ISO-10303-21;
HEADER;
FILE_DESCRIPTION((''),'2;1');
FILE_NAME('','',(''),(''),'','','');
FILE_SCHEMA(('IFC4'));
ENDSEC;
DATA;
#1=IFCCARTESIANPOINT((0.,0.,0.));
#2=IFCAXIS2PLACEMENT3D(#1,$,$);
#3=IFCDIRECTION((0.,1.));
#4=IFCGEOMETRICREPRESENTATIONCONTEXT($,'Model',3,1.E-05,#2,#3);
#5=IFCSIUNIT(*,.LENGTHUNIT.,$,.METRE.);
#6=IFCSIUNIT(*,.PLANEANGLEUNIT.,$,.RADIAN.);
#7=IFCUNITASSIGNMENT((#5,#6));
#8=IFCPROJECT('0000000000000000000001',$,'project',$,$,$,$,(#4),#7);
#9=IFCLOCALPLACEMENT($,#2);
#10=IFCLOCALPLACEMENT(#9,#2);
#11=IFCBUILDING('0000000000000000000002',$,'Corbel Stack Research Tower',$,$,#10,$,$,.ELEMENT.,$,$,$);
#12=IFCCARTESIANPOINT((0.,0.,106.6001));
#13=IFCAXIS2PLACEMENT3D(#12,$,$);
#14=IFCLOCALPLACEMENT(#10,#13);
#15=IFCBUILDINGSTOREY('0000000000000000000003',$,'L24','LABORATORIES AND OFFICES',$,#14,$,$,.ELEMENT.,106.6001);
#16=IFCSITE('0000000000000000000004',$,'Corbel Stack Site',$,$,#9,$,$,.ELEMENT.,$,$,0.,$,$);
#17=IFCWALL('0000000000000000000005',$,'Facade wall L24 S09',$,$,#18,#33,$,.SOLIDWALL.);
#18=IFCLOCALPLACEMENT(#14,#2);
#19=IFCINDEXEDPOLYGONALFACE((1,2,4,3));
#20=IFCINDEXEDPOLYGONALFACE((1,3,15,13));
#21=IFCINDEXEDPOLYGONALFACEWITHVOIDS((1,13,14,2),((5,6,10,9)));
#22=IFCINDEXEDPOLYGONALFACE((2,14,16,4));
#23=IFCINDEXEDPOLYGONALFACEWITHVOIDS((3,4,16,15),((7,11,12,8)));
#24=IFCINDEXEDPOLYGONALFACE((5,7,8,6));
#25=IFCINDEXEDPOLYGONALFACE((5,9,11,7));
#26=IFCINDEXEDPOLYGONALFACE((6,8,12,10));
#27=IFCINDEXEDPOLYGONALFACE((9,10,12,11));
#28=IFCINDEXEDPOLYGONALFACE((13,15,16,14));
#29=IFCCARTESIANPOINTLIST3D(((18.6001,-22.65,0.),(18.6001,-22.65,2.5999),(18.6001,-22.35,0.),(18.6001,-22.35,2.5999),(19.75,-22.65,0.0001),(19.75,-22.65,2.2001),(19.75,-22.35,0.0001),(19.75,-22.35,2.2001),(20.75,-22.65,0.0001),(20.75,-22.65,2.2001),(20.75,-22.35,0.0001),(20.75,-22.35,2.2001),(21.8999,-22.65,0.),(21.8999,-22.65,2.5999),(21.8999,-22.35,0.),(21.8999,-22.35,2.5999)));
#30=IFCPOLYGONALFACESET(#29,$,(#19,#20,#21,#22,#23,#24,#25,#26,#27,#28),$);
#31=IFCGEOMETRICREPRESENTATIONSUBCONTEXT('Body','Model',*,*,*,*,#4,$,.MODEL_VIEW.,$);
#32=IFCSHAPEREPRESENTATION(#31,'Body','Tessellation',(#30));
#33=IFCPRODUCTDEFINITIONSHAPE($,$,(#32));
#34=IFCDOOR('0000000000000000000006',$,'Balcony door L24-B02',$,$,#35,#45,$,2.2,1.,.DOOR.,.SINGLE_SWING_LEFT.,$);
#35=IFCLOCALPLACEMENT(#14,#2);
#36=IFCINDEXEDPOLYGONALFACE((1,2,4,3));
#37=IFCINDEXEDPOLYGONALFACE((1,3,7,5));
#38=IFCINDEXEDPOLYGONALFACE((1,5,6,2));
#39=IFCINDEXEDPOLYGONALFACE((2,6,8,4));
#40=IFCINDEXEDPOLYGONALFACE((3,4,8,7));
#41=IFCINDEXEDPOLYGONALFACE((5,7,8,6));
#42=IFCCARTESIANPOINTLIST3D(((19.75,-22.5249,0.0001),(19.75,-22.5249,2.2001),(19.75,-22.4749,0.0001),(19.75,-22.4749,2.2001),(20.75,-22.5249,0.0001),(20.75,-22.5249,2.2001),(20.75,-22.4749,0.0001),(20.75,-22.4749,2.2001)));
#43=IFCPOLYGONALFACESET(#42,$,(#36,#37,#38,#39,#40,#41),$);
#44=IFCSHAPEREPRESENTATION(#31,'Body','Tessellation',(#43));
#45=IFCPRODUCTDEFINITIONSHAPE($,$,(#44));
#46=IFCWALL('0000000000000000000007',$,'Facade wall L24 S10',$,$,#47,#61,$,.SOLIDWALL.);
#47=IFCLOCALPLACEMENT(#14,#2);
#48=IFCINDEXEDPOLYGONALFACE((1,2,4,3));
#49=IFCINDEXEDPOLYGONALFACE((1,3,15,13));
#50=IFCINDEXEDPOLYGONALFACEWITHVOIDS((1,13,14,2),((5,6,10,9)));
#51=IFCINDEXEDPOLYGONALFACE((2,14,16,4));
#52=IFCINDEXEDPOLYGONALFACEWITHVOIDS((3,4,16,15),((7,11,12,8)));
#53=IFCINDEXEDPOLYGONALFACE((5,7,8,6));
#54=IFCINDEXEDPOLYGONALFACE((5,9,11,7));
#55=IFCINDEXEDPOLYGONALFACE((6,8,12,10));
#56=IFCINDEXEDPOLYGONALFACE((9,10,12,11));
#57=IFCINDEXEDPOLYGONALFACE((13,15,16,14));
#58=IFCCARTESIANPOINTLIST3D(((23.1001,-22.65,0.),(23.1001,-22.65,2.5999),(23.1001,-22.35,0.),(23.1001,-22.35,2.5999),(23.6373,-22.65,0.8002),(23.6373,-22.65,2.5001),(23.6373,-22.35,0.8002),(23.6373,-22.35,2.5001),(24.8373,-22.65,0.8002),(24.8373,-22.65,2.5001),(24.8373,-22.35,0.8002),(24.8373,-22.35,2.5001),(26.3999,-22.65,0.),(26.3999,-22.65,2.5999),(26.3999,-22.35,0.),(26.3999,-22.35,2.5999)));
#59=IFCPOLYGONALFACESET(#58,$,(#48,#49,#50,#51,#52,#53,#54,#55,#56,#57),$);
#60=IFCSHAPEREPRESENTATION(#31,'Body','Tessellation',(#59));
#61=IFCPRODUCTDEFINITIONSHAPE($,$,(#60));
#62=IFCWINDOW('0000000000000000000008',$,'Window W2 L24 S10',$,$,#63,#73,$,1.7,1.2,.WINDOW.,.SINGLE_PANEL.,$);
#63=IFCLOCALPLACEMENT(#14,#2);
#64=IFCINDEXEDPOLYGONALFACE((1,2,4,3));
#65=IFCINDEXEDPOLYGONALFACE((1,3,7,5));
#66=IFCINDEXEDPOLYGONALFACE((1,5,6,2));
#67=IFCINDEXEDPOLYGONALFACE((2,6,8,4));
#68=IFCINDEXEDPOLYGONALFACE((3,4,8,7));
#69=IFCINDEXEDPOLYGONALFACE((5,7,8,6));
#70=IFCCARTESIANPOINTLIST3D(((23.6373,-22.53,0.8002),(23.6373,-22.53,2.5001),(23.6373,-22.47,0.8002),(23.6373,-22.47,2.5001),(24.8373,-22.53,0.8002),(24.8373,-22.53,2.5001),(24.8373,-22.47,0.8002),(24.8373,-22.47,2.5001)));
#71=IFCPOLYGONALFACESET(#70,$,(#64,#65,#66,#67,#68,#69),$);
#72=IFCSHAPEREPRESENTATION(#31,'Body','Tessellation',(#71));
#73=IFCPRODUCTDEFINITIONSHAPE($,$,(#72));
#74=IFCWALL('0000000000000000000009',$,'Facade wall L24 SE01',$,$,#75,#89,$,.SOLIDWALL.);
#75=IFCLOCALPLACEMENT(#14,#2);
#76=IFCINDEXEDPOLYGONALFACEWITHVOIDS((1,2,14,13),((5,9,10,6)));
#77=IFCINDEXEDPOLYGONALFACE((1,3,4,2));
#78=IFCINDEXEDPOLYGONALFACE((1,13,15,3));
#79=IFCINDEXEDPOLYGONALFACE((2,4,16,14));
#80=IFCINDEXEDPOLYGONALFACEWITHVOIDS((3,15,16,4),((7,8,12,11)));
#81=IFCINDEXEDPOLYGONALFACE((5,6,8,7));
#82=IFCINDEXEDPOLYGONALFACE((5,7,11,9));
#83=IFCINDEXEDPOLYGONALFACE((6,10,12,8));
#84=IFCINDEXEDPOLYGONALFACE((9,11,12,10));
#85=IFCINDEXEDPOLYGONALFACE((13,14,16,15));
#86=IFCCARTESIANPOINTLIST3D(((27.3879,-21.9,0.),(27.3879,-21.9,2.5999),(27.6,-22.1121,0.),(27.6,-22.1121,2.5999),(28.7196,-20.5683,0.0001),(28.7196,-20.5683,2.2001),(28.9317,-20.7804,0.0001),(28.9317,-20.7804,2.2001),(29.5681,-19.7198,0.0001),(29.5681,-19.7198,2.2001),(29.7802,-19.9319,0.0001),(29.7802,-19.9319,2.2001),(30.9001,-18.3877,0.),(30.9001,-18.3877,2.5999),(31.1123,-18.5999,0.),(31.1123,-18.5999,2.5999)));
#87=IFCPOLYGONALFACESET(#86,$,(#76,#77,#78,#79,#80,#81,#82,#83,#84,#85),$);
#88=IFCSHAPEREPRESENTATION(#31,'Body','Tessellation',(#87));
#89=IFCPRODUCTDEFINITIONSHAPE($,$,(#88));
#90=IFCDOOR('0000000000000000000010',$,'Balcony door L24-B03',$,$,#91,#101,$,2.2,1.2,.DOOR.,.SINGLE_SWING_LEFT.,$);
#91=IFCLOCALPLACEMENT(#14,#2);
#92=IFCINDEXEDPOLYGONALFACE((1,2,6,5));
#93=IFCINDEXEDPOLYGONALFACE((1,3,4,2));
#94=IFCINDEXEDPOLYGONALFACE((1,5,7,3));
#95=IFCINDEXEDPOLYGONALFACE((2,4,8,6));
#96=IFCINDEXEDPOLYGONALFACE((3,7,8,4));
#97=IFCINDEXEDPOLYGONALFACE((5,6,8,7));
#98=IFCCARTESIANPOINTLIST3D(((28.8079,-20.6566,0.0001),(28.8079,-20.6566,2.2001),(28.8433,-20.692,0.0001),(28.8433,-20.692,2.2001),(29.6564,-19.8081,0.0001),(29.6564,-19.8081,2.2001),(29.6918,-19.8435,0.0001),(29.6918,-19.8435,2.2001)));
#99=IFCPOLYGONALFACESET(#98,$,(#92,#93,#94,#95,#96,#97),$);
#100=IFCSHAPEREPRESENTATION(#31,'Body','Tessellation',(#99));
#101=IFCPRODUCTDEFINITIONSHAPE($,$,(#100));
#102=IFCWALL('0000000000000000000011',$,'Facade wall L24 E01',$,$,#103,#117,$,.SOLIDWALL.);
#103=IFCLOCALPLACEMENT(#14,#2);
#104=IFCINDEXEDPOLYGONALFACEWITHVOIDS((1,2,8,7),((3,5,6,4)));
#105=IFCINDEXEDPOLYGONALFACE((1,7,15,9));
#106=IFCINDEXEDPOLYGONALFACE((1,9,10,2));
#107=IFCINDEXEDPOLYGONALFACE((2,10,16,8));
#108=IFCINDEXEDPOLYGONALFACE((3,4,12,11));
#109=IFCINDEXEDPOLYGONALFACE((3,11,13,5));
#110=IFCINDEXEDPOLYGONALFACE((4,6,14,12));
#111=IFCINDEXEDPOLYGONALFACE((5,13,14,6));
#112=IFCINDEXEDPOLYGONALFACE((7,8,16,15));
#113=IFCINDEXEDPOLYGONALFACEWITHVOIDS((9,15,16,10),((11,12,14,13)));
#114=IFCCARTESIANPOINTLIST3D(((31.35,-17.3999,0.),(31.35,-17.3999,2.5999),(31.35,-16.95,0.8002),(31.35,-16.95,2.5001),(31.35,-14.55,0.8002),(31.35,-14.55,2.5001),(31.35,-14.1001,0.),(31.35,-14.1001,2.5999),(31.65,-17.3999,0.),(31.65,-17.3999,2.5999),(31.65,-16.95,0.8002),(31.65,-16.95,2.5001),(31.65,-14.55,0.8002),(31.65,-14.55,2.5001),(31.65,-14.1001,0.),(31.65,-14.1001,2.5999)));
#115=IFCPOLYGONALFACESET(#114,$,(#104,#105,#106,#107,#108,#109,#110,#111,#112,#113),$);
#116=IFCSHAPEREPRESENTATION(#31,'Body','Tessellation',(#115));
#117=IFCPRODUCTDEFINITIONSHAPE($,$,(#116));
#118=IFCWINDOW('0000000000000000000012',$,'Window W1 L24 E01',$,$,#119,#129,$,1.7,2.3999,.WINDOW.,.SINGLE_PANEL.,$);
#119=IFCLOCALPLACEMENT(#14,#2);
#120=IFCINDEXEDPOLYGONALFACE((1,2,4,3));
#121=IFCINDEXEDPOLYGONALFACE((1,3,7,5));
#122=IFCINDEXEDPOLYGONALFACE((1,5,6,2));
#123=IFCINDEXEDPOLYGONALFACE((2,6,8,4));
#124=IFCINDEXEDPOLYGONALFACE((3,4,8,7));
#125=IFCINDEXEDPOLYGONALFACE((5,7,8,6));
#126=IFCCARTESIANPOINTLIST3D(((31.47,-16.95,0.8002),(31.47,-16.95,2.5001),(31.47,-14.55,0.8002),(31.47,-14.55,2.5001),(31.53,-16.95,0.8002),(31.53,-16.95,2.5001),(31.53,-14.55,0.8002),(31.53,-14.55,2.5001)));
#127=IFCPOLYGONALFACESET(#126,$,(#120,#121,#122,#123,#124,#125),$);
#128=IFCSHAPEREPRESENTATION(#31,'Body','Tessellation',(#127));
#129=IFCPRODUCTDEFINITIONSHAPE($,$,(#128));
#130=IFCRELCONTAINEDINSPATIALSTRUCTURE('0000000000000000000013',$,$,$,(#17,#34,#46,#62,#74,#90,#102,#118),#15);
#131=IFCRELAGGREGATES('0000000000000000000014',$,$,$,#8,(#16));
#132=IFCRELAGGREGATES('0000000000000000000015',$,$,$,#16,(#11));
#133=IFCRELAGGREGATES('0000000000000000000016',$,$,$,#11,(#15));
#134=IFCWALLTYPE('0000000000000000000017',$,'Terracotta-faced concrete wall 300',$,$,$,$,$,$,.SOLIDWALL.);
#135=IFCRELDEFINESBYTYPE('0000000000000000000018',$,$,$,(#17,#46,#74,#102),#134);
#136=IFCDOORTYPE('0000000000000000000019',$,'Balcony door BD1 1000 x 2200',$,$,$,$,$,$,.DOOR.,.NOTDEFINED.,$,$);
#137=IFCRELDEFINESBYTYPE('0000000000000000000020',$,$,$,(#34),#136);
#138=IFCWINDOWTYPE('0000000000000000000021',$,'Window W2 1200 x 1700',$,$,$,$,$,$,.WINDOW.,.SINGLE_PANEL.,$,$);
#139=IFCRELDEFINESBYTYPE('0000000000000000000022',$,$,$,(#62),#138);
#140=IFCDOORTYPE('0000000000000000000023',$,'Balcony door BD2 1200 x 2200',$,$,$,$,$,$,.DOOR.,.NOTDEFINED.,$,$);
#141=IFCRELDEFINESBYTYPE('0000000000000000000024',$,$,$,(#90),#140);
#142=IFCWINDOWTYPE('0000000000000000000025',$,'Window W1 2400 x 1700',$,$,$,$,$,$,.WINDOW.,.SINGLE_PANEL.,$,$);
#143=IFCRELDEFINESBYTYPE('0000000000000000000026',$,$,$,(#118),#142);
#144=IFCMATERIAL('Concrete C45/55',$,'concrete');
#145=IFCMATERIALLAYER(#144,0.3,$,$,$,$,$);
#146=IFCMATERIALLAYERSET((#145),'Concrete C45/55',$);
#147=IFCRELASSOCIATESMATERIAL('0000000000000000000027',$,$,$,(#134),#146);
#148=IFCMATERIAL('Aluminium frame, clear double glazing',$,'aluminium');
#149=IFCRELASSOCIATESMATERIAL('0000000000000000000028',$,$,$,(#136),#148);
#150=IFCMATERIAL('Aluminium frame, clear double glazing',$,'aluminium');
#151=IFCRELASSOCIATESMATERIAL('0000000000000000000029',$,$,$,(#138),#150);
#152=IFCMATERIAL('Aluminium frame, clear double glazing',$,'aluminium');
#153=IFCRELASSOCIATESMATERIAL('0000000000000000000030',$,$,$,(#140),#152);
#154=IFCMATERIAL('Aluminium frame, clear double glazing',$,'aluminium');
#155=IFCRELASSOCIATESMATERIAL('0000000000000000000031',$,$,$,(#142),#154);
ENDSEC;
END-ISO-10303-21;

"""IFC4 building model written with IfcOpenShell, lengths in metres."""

from ifc_helpers import new_model, si_unit, direction, frame, frame_2d, origin, place, context, subcontext, project, spatial, rectangle, extrude, material, layer, layer_set, type_object, element, fill, save


model = new_model("IFC4")

# Units and contexts
model_context = context("Model", 3, precision=1e-05, world=origin(), true_north=direction((0.0, 1.0)))
body_context = subcontext(model_context, "Body", "Model", "MODEL_VIEW")
ifc_project = project(units=[si_unit("LENGTHUNIT", "METRE"), si_unit("PLANEANGLEUNIT", "RADIAN")], contexts=[model_context])

# Site, building, storey
site_placement = place(None, origin())
site = spatial("IfcSite", under=ifc_project, at=site_placement, Name="Corbel Stack Site", CompositionType="ELEMENT", RefElevation=0.0)
building_placement = place(site_placement, origin())
building = spatial("IfcBuilding", under=site, at=building_placement, Name="Corbel Stack Research Tower", CompositionType="ELEMENT")
storey_placement = place(building_placement, frame((0.0, 0.0, 106.6001)))
storey = spatial("IfcBuildingStorey", under=building, at=storey_placement, Name="L24", Description="LABORATORIES AND OFFICES", CompositionType="ELEMENT", Elevation=106.6001)

# Wall, opening, door
ifc_material_1 = material(Name="Concrete C45/55", Category="concrete")
ifc_layer_1 = layer(ifc_material_1, 0.3)
ifc_layer_set_1 = layer_set([ifc_layer_1], Name="Concrete C45/55")
wall_type_1 = type_object("IfcWallType", Name="Terracotta-faced concrete wall 300", PredefinedType="SOLIDWALL", material=ifc_layer_set_1)
wall_1_placement = place(storey_placement, frame((21.8999, -22.5, 0.0), z_axis=(0.0, 0.0, 1.0), x_axis=(-1.0, 0.0, 0.0)))
wall_1 = element("IfcWall", 1, at=wall_1_placement, inside=storey, type_object=wall_type_1, Name="Facade wall L24 S09", PredefinedType="SOLIDWALL", context=body_context, shape_type="SweptSolid", body=[
    extrude(rectangle(XDim=3.2998, YDim=0.3, at=frame_2d((1.6499, 0.0))), origin(), (0.0, 0.0, 1.0), 2.5999),
])
opening_1_placement = place(wall_1_placement, frame((1.1499, 0.0, 0.0)))
opening_1 = element("IfcOpeningElement", 2, at=opening_1_placement, cuts=wall_1, PredefinedType="OPENING", context=body_context, shape_type="SweptSolid", body=[
    extrude(rectangle(XDim=1.0, YDim=2.2, at=frame_2d((0.5, 1.1001))), frame((0.0, 0.1599, 0.0), z_axis=(0.0, -1.0, 0.0), x_axis=(1.0, 0.0, 0.0)), (0.0, 0.0, 1.0), 0.3201),
])
ifc_material_2 = material(Name="Aluminium frame, clear double glazing", Category="aluminium")
door_type_1 = type_object("IfcDoorType", Name="Balcony door BD1 1000 x 2200", OperationType="NOTDEFINED", PredefinedType="DOOR", material=ifc_material_2)
door_1_placement = place(opening_1_placement, origin())
door_1 = element("IfcDoor", 3, at=door_1_placement, inside=storey, type_object=door_type_1, Name="Balcony door L24-B02", OperationType="SINGLE_SWING_LEFT", OverallHeight=2.2, OverallWidth=1.0, PredefinedType="DOOR", context=body_context, shape_type="SweptSolid", body=[
    extrude(rectangle(XDim=1.0, YDim=2.2, at=frame_2d((0.5, 1.1001))), frame((0.0, 0.0249, 0.0), z_axis=(0.0, -1.0, 0.0), x_axis=(1.0, 0.0, 0.0)), (0.0, 0.0, 1.0), 0.05),
])
fill(opening_1, door_1)

# Wall, opening, window
wall_2_placement = place(storey_placement, frame((26.3999, -22.5, 0.0), z_axis=(0.0, 0.0, 1.0), x_axis=(-1.0, 0.0, 0.0)))
wall_2 = element("IfcWall", 4, at=wall_2_placement, inside=storey, type_object=wall_type_1, Name="Facade wall L24 S10", PredefinedType="SOLIDWALL", context=body_context, shape_type="SweptSolid", body=[
    extrude(rectangle(XDim=3.2998, YDim=0.3, at=frame_2d((1.6499, 0.0))), origin(), (0.0, 0.0, 1.0), 2.5999),
])
opening_2_placement = place(wall_2_placement, frame((1.5625, 0.0, 0.8)))
opening_2 = element("IfcOpeningElement", 5, at=opening_2_placement, cuts=wall_2, PredefinedType="OPENING", context=body_context, shape_type="SweptSolid", body=[
    extrude(rectangle(XDim=1.2, YDim=1.7, at=frame_2d((0.6001, 0.8501))), frame((0.0, 0.1599, 0.0), z_axis=(0.0, -1.0, 0.0), x_axis=(1.0, 0.0, 0.0)), (0.0, 0.0, 1.0), 0.3201),
])
ifc_material_3 = material(Name="Aluminium frame, clear double glazing", Category="aluminium")
window_type_1 = type_object("IfcWindowType", Name="Window W2 1200 x 1700", PartitioningType="SINGLE_PANEL", PredefinedType="WINDOW", material=ifc_material_3)
window_1_placement = place(opening_2_placement, origin())
window_1 = element("IfcWindow", 6, at=window_1_placement, inside=storey, type_object=window_type_1, Name="Window W2 L24 S10", OverallHeight=1.7, OverallWidth=1.2, PartitioningType="SINGLE_PANEL", PredefinedType="WINDOW", context=body_context, shape_type="SweptSolid", body=[
    extrude(rectangle(XDim=1.2, YDim=1.7, at=frame_2d((0.6001, 0.8501))), frame((0.0, 0.03, 0.0), z_axis=(0.0, -1.0, 0.0), x_axis=(1.0, 0.0, 0.0)), (0.0, 0.0, 1.0), 0.0601),
])
fill(opening_2, window_1)

# Wall, opening, door
wall_3_placement = place(storey_placement, frame((31.0061, -18.4939, 0.0), z_axis=(0.0, 0.0, 1.0), x_axis=(-0.707107, -0.707107, 0.0)))
wall_3 = element("IfcWall", 7, at=wall_3_placement, inside=storey, type_object=wall_type_1, Name="Facade wall L24 SE01", PredefinedType="SOLIDWALL", context=body_context, shape_type="SweptSolid", body=[
    extrude(rectangle(XDim=4.967, YDim=0.3, at=frame_2d((2.4834, 0.0))), origin(), (0.0, 0.0, 1.0), 2.5999),
])
opening_3_placement = place(wall_3_placement, frame((1.8835, 0.0, 0.0)))
opening_3 = element("IfcOpeningElement", 8, at=opening_3_placement, cuts=wall_3, PredefinedType="OPENING", context=body_context, shape_type="SweptSolid", body=[
    extrude(rectangle(XDim=1.2, YDim=2.2, at=frame_2d((0.6001, 1.1001))), frame((0.0, 0.1599, 0.0), z_axis=(0.0, -1.0, 0.0), x_axis=(1.0, 0.0, 0.0)), (0.0, 0.0, 1.0), 0.3201),
])
ifc_material_4 = material(Name="Aluminium frame, clear double glazing", Category="aluminium")
door_type_2 = type_object("IfcDoorType", Name="Balcony door BD2 1200 x 2200", OperationType="NOTDEFINED", PredefinedType="DOOR", material=ifc_material_4)
door_2_placement = place(opening_3_placement, origin())
door_2 = element("IfcDoor", 9, at=door_2_placement, inside=storey, type_object=door_type_2, Name="Balcony door L24-B03", OperationType="SINGLE_SWING_LEFT", OverallHeight=2.2, OverallWidth=1.2, PredefinedType="DOOR", context=body_context, shape_type="SweptSolid", body=[
    extrude(rectangle(XDim=1.2, YDim=2.2, at=frame_2d((0.6001, 1.1001))), frame((0.0, 0.0249, 0.0), z_axis=(0.0, -1.0, 0.0), x_axis=(1.0, 0.0, 0.0)), (0.0, 0.0, 1.0), 0.05),
])
fill(opening_3, door_2)

# Wall, opening, window
wall_4_placement = place(storey_placement, frame((31.5, -14.1001, 0.0), z_axis=(0.0, 0.0, 1.0), x_axis=(0.0, -1.0, 0.0)))
wall_4 = element("IfcWall", 10, at=wall_4_placement, inside=storey, type_object=wall_type_1, Name="Facade wall L24 E01", PredefinedType="SOLIDWALL", context=body_context, shape_type="SweptSolid", body=[
    extrude(rectangle(XDim=3.2998, YDim=0.3, at=frame_2d((1.6499, 0.0))), origin(), (0.0, 0.0, 1.0), 2.5999),
])
opening_4_placement = place(wall_4_placement, frame((0.45, 0.0, 0.8)))
opening_4 = element("IfcOpeningElement", 11, at=opening_4_placement, cuts=wall_4, PredefinedType="OPENING", context=body_context, shape_type="SweptSolid", body=[
    extrude(rectangle(XDim=2.3999, YDim=1.7, at=frame_2d((1.2, 0.8501))), frame((0.0, 0.1599, 0.0), z_axis=(0.0, -1.0, 0.0), x_axis=(1.0, 0.0, 0.0)), (0.0, 0.0, 1.0), 0.3201),
])
ifc_material_5 = material(Name="Aluminium frame, clear double glazing", Category="aluminium")
window_type_2 = type_object("IfcWindowType", Name="Window W1 2400 x 1700", PartitioningType="SINGLE_PANEL", PredefinedType="WINDOW", material=ifc_material_5)
window_2_placement = place(opening_4_placement, origin())
window_2 = element("IfcWindow", 12, at=window_2_placement, inside=storey, type_object=window_type_2, Name="Window W1 L24 E01", OverallHeight=1.7, OverallWidth=2.3999, PartitioningType="SINGLE_PANEL", PredefinedType="WINDOW", context=body_context, shape_type="SweptSolid", body=[
    extrude(rectangle(XDim=2.3999, YDim=1.7, at=frame_2d((1.2, 0.8501))), frame((0.0, 0.03, 0.0), z_axis=(0.0, -1.0, 0.0), x_axis=(1.0, 0.0, 0.0)), (0.0, 0.0, 1.0), 0.0601),
])
fill(opening_4, window_2)

save(model, "model.ifc")
